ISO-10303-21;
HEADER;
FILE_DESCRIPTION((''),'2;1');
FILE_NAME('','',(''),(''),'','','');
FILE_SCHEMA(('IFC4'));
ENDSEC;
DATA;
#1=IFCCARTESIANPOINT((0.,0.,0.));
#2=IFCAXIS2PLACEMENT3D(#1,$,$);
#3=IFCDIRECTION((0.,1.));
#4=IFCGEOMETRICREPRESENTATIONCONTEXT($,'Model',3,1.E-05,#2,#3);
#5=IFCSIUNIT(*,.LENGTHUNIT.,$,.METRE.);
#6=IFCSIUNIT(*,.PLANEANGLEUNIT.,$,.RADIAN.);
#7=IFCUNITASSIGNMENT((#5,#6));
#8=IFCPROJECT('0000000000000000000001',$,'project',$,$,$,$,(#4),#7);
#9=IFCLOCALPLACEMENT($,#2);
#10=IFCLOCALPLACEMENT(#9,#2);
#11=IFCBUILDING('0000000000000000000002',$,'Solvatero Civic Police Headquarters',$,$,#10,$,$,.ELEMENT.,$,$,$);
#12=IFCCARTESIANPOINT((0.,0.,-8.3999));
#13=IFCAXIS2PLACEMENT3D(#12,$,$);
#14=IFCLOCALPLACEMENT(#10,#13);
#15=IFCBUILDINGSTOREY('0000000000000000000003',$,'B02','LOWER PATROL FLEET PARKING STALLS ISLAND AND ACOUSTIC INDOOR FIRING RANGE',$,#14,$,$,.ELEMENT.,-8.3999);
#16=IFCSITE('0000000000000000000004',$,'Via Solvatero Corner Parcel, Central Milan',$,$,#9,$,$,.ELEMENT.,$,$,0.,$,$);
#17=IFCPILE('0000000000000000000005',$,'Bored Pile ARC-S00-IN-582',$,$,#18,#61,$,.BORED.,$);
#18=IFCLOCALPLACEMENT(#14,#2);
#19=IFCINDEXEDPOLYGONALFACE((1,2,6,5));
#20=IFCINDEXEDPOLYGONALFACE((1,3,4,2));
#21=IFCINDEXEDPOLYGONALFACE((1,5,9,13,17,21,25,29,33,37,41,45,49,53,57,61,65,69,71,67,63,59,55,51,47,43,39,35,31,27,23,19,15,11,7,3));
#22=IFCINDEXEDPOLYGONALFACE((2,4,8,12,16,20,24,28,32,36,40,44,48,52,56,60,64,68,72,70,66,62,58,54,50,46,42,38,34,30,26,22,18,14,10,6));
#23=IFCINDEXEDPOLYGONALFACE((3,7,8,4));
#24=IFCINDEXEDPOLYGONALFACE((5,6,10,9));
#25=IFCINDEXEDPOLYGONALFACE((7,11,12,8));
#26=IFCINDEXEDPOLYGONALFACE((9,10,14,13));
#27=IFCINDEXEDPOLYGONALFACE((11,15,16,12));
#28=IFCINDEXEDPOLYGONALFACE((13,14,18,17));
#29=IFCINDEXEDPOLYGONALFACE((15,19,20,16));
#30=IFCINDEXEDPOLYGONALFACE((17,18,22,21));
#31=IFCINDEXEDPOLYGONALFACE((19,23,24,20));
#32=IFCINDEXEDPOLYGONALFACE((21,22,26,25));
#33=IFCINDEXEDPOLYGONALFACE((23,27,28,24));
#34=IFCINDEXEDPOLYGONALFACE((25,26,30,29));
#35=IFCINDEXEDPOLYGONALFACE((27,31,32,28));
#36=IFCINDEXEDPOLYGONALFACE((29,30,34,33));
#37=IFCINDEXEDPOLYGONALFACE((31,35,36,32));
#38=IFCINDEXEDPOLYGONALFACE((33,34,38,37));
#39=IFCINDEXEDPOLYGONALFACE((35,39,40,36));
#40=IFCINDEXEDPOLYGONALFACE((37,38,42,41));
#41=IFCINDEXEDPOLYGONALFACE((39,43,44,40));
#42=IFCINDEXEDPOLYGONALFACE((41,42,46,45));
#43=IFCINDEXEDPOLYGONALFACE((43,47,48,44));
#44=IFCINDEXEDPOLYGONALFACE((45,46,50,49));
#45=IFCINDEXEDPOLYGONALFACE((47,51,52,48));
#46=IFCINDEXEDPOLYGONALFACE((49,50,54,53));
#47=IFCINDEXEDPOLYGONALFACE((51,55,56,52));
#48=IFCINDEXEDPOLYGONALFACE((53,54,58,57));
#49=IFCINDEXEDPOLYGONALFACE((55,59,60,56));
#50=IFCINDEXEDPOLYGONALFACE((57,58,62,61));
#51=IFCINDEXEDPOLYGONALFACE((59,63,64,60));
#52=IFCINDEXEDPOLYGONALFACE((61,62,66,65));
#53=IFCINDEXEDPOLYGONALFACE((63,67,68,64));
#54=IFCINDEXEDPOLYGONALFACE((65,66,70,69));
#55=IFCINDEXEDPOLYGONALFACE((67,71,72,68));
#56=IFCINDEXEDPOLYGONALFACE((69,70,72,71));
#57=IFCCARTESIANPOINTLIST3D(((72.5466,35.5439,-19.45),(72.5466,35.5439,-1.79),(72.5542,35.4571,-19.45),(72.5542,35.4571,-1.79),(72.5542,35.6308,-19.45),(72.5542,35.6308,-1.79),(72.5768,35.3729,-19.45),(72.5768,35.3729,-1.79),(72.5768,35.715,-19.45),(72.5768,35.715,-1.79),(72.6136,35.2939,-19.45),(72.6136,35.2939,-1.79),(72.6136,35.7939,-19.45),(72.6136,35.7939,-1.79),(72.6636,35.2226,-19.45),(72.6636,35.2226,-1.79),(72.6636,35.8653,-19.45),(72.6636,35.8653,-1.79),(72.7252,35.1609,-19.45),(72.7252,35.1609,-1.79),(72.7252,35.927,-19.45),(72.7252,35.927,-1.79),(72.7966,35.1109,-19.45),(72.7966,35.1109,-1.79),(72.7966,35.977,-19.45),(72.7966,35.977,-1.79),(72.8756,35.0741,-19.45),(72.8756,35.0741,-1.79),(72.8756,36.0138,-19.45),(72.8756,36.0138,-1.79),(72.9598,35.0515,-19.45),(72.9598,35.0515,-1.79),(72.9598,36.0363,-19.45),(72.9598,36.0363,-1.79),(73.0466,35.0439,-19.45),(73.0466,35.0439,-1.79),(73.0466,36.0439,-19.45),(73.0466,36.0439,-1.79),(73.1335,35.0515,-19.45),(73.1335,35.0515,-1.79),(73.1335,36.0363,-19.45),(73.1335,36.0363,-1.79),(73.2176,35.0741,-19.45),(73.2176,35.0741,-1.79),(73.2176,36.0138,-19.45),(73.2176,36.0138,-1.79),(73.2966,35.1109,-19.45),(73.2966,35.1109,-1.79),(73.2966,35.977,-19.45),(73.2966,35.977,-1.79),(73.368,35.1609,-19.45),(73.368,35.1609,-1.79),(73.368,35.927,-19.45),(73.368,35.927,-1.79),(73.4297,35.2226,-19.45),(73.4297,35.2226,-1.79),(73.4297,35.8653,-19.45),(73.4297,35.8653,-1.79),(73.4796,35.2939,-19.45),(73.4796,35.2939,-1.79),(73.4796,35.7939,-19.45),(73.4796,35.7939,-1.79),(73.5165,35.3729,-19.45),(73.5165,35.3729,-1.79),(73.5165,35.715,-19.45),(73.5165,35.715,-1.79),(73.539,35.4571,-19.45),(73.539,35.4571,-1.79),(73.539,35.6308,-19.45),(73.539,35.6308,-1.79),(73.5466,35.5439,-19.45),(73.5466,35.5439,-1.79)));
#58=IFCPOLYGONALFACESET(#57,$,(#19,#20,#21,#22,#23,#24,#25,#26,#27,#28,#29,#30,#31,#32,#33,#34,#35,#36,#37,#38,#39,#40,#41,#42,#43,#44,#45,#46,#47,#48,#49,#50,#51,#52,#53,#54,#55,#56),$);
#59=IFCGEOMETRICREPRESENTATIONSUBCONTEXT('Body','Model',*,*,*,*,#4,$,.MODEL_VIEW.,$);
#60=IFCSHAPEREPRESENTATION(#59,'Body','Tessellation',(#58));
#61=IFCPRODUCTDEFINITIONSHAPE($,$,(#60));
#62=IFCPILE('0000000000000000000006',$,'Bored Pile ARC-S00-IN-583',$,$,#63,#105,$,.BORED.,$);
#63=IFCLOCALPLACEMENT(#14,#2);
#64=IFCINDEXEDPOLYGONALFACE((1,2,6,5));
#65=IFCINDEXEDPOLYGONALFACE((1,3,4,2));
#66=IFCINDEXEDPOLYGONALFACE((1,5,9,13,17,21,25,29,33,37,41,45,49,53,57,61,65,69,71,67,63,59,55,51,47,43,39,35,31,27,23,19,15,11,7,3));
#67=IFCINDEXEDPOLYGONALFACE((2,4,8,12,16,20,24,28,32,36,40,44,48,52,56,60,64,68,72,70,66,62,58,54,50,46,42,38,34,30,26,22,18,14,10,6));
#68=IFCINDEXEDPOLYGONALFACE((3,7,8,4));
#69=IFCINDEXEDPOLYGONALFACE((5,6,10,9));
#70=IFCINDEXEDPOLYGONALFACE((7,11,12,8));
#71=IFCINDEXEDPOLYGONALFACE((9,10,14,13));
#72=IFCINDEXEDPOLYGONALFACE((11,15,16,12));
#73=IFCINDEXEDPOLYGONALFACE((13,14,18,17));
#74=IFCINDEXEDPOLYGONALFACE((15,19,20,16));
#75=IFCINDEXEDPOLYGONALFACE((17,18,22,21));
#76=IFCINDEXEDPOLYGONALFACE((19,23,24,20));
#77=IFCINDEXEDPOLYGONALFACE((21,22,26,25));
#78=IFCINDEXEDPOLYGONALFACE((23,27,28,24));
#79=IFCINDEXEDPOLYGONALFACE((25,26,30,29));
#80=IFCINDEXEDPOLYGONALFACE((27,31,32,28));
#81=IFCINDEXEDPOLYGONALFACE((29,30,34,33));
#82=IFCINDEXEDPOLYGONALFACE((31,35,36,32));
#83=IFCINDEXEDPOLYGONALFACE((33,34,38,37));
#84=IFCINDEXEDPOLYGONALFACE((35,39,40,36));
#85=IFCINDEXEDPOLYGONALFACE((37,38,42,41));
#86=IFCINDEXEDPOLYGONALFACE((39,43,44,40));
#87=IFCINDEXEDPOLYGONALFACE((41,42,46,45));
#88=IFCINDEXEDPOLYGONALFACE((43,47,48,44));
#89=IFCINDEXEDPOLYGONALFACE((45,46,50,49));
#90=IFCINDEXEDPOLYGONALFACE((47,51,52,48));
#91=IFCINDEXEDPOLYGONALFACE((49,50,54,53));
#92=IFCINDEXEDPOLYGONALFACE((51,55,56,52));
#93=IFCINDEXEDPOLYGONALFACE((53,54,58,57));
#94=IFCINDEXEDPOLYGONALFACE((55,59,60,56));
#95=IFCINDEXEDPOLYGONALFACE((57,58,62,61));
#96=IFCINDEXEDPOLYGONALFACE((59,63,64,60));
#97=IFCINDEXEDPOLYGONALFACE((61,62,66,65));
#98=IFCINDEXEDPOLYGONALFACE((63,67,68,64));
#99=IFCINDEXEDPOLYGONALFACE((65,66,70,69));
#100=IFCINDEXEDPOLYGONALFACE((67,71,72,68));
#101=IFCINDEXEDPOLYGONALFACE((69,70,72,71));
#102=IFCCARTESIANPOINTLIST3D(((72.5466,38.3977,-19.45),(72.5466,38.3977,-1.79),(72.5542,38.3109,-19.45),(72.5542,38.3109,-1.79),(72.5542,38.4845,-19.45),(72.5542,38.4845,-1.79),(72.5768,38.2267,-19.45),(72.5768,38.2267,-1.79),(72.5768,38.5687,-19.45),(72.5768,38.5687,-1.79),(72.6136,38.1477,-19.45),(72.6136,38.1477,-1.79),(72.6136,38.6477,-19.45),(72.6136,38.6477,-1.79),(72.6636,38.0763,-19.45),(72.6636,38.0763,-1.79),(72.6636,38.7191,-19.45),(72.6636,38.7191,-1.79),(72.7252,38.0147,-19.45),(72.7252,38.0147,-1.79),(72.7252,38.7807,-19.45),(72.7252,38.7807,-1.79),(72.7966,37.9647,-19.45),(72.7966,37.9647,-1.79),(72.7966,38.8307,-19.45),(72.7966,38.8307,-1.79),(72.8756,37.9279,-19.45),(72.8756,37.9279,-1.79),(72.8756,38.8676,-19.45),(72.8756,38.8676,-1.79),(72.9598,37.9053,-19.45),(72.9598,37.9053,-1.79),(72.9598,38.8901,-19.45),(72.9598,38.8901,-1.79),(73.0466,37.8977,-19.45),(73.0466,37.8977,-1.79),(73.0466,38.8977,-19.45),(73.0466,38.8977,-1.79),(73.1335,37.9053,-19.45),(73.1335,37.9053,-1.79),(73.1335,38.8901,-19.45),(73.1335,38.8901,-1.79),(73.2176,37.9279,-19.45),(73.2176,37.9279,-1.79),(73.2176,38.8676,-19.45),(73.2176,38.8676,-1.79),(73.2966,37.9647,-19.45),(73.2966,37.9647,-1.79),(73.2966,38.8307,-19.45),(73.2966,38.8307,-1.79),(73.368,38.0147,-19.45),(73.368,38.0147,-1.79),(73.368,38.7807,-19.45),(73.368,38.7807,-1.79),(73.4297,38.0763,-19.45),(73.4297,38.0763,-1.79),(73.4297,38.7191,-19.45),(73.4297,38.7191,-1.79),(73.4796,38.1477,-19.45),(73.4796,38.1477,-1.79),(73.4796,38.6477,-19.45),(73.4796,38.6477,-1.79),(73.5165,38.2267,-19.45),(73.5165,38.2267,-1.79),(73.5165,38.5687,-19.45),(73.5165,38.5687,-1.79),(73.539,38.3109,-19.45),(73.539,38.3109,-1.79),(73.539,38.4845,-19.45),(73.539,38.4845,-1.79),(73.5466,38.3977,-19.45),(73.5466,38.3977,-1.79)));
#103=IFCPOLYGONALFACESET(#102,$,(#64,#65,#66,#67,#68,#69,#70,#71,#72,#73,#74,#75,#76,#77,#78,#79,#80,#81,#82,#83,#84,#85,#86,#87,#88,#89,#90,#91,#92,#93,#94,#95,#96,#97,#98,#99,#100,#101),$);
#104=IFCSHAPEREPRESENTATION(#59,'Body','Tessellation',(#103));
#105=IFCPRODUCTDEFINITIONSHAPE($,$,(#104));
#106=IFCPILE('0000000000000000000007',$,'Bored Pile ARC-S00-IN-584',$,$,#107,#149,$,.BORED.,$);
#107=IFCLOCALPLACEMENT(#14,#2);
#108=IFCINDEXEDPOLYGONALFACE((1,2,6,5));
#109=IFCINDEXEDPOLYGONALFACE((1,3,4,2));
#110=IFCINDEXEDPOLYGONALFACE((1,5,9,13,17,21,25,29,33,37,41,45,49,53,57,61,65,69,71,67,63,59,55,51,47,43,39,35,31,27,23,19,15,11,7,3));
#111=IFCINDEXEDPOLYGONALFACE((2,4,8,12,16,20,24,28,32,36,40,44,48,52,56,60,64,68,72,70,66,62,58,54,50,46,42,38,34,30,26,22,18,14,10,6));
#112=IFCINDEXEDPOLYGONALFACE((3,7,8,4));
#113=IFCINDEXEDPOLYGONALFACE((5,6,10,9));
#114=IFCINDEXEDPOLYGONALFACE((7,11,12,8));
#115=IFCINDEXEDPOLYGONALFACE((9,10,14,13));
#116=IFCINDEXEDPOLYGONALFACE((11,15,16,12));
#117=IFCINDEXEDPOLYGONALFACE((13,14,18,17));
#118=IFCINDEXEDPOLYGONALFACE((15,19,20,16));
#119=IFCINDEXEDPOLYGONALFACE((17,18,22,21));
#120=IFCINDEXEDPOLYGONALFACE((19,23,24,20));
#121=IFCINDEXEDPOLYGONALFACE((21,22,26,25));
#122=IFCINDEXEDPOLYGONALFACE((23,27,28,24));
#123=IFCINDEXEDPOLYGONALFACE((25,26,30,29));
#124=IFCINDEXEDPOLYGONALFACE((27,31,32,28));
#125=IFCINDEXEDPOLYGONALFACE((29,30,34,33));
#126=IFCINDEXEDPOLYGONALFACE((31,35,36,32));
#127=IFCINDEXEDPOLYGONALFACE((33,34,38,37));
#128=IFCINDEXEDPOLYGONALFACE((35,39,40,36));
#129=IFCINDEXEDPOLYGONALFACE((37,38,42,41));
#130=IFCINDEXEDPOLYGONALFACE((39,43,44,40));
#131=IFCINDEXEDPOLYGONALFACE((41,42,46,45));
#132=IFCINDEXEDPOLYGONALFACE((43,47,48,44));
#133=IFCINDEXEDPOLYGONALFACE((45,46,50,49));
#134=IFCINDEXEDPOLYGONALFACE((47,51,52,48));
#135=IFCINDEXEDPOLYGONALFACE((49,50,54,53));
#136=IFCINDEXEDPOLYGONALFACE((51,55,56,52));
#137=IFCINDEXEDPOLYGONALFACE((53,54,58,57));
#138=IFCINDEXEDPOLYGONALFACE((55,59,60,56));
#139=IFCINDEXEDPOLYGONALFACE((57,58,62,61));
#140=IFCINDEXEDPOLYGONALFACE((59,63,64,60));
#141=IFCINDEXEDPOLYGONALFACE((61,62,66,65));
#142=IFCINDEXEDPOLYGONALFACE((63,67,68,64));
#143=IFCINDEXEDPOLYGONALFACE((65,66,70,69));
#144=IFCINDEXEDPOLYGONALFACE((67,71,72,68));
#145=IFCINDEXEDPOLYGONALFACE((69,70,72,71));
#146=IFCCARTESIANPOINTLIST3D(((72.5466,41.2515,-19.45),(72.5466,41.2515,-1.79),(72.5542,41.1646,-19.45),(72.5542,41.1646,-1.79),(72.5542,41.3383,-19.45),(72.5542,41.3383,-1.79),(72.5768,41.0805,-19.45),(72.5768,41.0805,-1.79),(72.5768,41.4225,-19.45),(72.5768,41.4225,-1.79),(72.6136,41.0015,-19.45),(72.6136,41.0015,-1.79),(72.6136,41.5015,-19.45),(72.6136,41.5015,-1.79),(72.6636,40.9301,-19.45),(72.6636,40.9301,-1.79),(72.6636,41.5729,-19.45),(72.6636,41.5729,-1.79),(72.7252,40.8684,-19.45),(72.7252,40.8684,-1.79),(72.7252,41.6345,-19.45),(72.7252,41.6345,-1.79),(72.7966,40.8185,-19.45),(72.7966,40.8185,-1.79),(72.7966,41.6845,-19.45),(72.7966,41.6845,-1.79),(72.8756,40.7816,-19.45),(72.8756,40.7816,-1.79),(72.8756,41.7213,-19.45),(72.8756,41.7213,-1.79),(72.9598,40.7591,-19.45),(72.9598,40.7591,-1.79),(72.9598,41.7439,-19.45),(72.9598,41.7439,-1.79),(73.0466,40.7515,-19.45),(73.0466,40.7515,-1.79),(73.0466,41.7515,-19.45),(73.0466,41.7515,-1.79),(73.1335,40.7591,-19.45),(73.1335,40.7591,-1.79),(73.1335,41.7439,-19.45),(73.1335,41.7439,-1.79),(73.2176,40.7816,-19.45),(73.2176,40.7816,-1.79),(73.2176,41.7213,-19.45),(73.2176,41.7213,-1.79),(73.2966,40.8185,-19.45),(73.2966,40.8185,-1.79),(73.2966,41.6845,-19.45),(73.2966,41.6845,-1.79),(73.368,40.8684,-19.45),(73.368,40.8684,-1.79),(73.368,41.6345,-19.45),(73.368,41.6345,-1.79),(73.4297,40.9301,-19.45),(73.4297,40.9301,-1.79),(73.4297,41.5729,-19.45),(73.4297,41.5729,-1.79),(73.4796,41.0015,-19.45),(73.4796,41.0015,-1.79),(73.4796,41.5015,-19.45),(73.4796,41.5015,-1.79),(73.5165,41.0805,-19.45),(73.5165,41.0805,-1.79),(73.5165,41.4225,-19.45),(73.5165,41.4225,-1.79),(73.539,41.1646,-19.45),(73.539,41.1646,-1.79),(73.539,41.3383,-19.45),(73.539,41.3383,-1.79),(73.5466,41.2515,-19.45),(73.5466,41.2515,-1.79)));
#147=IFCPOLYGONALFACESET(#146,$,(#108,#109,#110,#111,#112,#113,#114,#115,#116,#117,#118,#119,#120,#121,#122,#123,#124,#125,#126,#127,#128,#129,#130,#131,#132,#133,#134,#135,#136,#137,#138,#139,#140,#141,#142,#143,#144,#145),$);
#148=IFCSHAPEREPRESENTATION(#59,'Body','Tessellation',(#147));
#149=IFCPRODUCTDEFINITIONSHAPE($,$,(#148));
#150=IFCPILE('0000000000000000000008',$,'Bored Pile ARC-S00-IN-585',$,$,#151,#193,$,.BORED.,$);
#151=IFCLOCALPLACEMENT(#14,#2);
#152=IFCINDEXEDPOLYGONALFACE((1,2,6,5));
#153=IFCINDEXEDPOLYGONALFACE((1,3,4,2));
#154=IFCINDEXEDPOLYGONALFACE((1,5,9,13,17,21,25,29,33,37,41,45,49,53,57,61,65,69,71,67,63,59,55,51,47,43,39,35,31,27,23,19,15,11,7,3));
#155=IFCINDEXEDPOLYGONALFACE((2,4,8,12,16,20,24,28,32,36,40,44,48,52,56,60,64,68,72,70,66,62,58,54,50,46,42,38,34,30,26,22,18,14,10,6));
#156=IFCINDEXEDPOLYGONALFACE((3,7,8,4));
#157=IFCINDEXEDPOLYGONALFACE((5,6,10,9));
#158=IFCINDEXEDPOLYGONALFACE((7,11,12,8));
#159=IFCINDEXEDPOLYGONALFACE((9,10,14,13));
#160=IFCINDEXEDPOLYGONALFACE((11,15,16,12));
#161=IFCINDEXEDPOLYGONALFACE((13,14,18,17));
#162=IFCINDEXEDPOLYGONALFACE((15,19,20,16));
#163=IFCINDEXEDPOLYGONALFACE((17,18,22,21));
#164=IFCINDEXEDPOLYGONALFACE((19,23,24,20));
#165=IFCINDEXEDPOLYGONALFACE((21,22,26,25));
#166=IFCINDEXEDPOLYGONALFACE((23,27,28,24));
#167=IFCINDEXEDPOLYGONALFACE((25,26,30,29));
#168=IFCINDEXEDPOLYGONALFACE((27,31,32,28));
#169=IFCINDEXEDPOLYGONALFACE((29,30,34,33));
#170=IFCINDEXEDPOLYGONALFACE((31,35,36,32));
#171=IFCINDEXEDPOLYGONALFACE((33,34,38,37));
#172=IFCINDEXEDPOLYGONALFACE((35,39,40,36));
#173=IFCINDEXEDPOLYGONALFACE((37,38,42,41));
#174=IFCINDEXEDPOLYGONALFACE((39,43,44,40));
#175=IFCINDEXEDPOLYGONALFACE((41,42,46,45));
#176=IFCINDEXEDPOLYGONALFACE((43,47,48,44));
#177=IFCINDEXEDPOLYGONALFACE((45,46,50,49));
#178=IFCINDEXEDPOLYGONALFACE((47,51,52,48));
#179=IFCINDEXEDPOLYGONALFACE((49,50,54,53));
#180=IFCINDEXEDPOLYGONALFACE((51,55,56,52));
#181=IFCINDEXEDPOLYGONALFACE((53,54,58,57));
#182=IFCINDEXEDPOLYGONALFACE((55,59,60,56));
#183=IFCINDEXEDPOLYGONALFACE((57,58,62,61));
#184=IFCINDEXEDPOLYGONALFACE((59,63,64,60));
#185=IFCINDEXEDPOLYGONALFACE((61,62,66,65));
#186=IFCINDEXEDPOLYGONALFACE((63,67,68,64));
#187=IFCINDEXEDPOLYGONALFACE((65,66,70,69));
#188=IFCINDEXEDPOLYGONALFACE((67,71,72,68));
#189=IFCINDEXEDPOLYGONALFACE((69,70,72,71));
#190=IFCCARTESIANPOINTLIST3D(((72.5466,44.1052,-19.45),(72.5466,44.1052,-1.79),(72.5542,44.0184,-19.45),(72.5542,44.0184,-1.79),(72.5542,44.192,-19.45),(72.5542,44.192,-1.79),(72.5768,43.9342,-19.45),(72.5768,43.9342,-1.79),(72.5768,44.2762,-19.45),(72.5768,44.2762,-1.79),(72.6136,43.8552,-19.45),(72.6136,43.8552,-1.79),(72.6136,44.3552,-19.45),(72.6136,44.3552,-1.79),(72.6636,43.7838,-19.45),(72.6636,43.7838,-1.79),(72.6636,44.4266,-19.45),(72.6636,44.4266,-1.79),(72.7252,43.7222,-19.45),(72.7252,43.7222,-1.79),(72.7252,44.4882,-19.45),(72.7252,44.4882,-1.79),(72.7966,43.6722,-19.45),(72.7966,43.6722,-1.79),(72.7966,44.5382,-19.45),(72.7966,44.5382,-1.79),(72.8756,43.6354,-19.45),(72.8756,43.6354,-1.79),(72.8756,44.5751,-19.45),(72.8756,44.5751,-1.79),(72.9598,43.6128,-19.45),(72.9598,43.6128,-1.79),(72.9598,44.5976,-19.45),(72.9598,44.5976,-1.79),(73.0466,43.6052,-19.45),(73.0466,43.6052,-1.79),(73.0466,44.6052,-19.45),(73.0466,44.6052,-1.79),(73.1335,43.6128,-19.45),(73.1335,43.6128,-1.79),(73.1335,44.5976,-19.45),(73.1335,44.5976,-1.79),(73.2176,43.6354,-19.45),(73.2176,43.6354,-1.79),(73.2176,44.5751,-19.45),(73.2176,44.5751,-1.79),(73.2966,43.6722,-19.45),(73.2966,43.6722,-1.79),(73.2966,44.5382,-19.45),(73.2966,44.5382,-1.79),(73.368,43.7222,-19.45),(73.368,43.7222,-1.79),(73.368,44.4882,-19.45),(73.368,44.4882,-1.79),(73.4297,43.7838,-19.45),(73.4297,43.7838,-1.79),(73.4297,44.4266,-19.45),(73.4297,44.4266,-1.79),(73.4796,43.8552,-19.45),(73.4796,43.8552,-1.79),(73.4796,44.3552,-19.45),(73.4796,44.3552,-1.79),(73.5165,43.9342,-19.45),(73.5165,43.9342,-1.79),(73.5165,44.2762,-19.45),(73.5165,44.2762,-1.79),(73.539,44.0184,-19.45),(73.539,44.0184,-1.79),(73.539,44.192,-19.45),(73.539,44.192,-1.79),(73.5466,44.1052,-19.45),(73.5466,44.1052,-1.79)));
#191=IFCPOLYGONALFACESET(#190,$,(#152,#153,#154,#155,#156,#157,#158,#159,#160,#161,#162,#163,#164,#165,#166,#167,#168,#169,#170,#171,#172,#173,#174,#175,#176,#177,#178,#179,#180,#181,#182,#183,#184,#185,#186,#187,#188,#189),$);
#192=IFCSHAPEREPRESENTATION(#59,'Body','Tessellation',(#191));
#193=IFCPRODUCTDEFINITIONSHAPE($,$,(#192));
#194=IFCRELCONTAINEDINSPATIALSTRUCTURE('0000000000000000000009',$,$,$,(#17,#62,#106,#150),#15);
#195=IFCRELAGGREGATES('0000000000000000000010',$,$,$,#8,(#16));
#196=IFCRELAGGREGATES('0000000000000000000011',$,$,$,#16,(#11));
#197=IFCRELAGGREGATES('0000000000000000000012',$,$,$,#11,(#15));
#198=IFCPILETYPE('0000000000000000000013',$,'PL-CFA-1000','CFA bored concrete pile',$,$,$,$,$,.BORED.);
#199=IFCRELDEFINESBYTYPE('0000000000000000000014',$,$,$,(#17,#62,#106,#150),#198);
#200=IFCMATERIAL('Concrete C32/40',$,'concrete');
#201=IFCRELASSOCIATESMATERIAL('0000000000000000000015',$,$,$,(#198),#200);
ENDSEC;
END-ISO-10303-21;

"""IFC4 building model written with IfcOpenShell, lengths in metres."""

from ifc_helpers import new_model, si_unit, direction, frame, origin, origin_2d, place, context, subcontext, project, spatial, circle, extrude, material, material_profile, profile_set, type_object, element, save


model = new_model("IFC4")

# Units and contexts
model_context = context("Model", 3, precision=1e-05, world=origin(), true_north=direction((0.0, 1.0)))
body_context = subcontext(model_context, "Body", "Model", "MODEL_VIEW")
ifc_project = project(units=[si_unit("LENGTHUNIT", "METRE"), si_unit("PLANEANGLEUNIT", "RADIAN")], contexts=[model_context])

# Site, building, storey
site_placement = place(None, origin())
site = spatial("IfcSite", under=ifc_project, at=site_placement, Name="Via Solvatero Corner Parcel, Central Milan", CompositionType="ELEMENT", RefElevation=0.0)
building_placement = place(site_placement, origin())
building = spatial("IfcBuilding", under=site, at=building_placement, Name="Solvatero Civic Police Headquarters", CompositionType="ELEMENT")
storey_placement = place(building_placement, frame((0.0, 0.0, -8.3999)))
storey = spatial("IfcBuildingStorey", under=building, at=storey_placement, Name="B02", Description="LOWER PATROL FLEET PARKING STALLS ISLAND AND ACOUSTIC INDOOR FIRING RANGE", CompositionType="ELEMENT", Elevation=-8.3999)

# Piles
ifc_material_1 = material(Name="Concrete C32/40", Category="concrete")
ifc_material_profile_1 = material_profile(ifc_material_1, circle(Radius=0.5, at=origin_2d()), Name="CFA PILE D1000")
ifc_profile_set_1 = profile_set([ifc_material_profile_1], Name="Concrete C32/40")
pile_type = type_object("IfcPileType", Name="PL-CFA-1000", Description="CFA bored concrete pile", PredefinedType="BORED", material=ifc_profile_set_1)
for number, where, z_axis, x_axis, name in (
    (1, (73.0466, 35.5439, -1.79), (0.0, 0.0, -1.0), (1.0, 0.0, 0.0), "Bored Pile ARC-S00-IN-582"),
    (2, (73.0466, 38.3977, -1.79), (0.0, 0.0, -1.0), (1.0, 0.0, 0.0), "Bored Pile ARC-S00-IN-583"),
    (3, (73.0466, 41.2515, -1.79), (0.0, 0.0, -1.0), (1.0, 0.0, 0.0), "Bored Pile ARC-S00-IN-584"),
    (4, (73.0466, 44.1052, -1.79), (0.0, 0.0, -1.0), (1.0, 0.0, 0.0), "Bored Pile ARC-S00-IN-585"),
):
    element("IfcPile", number, at=place(storey_placement, frame(where, z_axis=z_axis, x_axis=x_axis)), inside=storey, type_object=pile_type, Name=name, PredefinedType="BORED", context=body_context, shape_type="SweptSolid", body=[
        extrude(circle(Radius=0.5, at=origin_2d()), origin(), (0.0, 0.0, 1.0), 17.6599),
    ])

save(model, "model.ifc")
